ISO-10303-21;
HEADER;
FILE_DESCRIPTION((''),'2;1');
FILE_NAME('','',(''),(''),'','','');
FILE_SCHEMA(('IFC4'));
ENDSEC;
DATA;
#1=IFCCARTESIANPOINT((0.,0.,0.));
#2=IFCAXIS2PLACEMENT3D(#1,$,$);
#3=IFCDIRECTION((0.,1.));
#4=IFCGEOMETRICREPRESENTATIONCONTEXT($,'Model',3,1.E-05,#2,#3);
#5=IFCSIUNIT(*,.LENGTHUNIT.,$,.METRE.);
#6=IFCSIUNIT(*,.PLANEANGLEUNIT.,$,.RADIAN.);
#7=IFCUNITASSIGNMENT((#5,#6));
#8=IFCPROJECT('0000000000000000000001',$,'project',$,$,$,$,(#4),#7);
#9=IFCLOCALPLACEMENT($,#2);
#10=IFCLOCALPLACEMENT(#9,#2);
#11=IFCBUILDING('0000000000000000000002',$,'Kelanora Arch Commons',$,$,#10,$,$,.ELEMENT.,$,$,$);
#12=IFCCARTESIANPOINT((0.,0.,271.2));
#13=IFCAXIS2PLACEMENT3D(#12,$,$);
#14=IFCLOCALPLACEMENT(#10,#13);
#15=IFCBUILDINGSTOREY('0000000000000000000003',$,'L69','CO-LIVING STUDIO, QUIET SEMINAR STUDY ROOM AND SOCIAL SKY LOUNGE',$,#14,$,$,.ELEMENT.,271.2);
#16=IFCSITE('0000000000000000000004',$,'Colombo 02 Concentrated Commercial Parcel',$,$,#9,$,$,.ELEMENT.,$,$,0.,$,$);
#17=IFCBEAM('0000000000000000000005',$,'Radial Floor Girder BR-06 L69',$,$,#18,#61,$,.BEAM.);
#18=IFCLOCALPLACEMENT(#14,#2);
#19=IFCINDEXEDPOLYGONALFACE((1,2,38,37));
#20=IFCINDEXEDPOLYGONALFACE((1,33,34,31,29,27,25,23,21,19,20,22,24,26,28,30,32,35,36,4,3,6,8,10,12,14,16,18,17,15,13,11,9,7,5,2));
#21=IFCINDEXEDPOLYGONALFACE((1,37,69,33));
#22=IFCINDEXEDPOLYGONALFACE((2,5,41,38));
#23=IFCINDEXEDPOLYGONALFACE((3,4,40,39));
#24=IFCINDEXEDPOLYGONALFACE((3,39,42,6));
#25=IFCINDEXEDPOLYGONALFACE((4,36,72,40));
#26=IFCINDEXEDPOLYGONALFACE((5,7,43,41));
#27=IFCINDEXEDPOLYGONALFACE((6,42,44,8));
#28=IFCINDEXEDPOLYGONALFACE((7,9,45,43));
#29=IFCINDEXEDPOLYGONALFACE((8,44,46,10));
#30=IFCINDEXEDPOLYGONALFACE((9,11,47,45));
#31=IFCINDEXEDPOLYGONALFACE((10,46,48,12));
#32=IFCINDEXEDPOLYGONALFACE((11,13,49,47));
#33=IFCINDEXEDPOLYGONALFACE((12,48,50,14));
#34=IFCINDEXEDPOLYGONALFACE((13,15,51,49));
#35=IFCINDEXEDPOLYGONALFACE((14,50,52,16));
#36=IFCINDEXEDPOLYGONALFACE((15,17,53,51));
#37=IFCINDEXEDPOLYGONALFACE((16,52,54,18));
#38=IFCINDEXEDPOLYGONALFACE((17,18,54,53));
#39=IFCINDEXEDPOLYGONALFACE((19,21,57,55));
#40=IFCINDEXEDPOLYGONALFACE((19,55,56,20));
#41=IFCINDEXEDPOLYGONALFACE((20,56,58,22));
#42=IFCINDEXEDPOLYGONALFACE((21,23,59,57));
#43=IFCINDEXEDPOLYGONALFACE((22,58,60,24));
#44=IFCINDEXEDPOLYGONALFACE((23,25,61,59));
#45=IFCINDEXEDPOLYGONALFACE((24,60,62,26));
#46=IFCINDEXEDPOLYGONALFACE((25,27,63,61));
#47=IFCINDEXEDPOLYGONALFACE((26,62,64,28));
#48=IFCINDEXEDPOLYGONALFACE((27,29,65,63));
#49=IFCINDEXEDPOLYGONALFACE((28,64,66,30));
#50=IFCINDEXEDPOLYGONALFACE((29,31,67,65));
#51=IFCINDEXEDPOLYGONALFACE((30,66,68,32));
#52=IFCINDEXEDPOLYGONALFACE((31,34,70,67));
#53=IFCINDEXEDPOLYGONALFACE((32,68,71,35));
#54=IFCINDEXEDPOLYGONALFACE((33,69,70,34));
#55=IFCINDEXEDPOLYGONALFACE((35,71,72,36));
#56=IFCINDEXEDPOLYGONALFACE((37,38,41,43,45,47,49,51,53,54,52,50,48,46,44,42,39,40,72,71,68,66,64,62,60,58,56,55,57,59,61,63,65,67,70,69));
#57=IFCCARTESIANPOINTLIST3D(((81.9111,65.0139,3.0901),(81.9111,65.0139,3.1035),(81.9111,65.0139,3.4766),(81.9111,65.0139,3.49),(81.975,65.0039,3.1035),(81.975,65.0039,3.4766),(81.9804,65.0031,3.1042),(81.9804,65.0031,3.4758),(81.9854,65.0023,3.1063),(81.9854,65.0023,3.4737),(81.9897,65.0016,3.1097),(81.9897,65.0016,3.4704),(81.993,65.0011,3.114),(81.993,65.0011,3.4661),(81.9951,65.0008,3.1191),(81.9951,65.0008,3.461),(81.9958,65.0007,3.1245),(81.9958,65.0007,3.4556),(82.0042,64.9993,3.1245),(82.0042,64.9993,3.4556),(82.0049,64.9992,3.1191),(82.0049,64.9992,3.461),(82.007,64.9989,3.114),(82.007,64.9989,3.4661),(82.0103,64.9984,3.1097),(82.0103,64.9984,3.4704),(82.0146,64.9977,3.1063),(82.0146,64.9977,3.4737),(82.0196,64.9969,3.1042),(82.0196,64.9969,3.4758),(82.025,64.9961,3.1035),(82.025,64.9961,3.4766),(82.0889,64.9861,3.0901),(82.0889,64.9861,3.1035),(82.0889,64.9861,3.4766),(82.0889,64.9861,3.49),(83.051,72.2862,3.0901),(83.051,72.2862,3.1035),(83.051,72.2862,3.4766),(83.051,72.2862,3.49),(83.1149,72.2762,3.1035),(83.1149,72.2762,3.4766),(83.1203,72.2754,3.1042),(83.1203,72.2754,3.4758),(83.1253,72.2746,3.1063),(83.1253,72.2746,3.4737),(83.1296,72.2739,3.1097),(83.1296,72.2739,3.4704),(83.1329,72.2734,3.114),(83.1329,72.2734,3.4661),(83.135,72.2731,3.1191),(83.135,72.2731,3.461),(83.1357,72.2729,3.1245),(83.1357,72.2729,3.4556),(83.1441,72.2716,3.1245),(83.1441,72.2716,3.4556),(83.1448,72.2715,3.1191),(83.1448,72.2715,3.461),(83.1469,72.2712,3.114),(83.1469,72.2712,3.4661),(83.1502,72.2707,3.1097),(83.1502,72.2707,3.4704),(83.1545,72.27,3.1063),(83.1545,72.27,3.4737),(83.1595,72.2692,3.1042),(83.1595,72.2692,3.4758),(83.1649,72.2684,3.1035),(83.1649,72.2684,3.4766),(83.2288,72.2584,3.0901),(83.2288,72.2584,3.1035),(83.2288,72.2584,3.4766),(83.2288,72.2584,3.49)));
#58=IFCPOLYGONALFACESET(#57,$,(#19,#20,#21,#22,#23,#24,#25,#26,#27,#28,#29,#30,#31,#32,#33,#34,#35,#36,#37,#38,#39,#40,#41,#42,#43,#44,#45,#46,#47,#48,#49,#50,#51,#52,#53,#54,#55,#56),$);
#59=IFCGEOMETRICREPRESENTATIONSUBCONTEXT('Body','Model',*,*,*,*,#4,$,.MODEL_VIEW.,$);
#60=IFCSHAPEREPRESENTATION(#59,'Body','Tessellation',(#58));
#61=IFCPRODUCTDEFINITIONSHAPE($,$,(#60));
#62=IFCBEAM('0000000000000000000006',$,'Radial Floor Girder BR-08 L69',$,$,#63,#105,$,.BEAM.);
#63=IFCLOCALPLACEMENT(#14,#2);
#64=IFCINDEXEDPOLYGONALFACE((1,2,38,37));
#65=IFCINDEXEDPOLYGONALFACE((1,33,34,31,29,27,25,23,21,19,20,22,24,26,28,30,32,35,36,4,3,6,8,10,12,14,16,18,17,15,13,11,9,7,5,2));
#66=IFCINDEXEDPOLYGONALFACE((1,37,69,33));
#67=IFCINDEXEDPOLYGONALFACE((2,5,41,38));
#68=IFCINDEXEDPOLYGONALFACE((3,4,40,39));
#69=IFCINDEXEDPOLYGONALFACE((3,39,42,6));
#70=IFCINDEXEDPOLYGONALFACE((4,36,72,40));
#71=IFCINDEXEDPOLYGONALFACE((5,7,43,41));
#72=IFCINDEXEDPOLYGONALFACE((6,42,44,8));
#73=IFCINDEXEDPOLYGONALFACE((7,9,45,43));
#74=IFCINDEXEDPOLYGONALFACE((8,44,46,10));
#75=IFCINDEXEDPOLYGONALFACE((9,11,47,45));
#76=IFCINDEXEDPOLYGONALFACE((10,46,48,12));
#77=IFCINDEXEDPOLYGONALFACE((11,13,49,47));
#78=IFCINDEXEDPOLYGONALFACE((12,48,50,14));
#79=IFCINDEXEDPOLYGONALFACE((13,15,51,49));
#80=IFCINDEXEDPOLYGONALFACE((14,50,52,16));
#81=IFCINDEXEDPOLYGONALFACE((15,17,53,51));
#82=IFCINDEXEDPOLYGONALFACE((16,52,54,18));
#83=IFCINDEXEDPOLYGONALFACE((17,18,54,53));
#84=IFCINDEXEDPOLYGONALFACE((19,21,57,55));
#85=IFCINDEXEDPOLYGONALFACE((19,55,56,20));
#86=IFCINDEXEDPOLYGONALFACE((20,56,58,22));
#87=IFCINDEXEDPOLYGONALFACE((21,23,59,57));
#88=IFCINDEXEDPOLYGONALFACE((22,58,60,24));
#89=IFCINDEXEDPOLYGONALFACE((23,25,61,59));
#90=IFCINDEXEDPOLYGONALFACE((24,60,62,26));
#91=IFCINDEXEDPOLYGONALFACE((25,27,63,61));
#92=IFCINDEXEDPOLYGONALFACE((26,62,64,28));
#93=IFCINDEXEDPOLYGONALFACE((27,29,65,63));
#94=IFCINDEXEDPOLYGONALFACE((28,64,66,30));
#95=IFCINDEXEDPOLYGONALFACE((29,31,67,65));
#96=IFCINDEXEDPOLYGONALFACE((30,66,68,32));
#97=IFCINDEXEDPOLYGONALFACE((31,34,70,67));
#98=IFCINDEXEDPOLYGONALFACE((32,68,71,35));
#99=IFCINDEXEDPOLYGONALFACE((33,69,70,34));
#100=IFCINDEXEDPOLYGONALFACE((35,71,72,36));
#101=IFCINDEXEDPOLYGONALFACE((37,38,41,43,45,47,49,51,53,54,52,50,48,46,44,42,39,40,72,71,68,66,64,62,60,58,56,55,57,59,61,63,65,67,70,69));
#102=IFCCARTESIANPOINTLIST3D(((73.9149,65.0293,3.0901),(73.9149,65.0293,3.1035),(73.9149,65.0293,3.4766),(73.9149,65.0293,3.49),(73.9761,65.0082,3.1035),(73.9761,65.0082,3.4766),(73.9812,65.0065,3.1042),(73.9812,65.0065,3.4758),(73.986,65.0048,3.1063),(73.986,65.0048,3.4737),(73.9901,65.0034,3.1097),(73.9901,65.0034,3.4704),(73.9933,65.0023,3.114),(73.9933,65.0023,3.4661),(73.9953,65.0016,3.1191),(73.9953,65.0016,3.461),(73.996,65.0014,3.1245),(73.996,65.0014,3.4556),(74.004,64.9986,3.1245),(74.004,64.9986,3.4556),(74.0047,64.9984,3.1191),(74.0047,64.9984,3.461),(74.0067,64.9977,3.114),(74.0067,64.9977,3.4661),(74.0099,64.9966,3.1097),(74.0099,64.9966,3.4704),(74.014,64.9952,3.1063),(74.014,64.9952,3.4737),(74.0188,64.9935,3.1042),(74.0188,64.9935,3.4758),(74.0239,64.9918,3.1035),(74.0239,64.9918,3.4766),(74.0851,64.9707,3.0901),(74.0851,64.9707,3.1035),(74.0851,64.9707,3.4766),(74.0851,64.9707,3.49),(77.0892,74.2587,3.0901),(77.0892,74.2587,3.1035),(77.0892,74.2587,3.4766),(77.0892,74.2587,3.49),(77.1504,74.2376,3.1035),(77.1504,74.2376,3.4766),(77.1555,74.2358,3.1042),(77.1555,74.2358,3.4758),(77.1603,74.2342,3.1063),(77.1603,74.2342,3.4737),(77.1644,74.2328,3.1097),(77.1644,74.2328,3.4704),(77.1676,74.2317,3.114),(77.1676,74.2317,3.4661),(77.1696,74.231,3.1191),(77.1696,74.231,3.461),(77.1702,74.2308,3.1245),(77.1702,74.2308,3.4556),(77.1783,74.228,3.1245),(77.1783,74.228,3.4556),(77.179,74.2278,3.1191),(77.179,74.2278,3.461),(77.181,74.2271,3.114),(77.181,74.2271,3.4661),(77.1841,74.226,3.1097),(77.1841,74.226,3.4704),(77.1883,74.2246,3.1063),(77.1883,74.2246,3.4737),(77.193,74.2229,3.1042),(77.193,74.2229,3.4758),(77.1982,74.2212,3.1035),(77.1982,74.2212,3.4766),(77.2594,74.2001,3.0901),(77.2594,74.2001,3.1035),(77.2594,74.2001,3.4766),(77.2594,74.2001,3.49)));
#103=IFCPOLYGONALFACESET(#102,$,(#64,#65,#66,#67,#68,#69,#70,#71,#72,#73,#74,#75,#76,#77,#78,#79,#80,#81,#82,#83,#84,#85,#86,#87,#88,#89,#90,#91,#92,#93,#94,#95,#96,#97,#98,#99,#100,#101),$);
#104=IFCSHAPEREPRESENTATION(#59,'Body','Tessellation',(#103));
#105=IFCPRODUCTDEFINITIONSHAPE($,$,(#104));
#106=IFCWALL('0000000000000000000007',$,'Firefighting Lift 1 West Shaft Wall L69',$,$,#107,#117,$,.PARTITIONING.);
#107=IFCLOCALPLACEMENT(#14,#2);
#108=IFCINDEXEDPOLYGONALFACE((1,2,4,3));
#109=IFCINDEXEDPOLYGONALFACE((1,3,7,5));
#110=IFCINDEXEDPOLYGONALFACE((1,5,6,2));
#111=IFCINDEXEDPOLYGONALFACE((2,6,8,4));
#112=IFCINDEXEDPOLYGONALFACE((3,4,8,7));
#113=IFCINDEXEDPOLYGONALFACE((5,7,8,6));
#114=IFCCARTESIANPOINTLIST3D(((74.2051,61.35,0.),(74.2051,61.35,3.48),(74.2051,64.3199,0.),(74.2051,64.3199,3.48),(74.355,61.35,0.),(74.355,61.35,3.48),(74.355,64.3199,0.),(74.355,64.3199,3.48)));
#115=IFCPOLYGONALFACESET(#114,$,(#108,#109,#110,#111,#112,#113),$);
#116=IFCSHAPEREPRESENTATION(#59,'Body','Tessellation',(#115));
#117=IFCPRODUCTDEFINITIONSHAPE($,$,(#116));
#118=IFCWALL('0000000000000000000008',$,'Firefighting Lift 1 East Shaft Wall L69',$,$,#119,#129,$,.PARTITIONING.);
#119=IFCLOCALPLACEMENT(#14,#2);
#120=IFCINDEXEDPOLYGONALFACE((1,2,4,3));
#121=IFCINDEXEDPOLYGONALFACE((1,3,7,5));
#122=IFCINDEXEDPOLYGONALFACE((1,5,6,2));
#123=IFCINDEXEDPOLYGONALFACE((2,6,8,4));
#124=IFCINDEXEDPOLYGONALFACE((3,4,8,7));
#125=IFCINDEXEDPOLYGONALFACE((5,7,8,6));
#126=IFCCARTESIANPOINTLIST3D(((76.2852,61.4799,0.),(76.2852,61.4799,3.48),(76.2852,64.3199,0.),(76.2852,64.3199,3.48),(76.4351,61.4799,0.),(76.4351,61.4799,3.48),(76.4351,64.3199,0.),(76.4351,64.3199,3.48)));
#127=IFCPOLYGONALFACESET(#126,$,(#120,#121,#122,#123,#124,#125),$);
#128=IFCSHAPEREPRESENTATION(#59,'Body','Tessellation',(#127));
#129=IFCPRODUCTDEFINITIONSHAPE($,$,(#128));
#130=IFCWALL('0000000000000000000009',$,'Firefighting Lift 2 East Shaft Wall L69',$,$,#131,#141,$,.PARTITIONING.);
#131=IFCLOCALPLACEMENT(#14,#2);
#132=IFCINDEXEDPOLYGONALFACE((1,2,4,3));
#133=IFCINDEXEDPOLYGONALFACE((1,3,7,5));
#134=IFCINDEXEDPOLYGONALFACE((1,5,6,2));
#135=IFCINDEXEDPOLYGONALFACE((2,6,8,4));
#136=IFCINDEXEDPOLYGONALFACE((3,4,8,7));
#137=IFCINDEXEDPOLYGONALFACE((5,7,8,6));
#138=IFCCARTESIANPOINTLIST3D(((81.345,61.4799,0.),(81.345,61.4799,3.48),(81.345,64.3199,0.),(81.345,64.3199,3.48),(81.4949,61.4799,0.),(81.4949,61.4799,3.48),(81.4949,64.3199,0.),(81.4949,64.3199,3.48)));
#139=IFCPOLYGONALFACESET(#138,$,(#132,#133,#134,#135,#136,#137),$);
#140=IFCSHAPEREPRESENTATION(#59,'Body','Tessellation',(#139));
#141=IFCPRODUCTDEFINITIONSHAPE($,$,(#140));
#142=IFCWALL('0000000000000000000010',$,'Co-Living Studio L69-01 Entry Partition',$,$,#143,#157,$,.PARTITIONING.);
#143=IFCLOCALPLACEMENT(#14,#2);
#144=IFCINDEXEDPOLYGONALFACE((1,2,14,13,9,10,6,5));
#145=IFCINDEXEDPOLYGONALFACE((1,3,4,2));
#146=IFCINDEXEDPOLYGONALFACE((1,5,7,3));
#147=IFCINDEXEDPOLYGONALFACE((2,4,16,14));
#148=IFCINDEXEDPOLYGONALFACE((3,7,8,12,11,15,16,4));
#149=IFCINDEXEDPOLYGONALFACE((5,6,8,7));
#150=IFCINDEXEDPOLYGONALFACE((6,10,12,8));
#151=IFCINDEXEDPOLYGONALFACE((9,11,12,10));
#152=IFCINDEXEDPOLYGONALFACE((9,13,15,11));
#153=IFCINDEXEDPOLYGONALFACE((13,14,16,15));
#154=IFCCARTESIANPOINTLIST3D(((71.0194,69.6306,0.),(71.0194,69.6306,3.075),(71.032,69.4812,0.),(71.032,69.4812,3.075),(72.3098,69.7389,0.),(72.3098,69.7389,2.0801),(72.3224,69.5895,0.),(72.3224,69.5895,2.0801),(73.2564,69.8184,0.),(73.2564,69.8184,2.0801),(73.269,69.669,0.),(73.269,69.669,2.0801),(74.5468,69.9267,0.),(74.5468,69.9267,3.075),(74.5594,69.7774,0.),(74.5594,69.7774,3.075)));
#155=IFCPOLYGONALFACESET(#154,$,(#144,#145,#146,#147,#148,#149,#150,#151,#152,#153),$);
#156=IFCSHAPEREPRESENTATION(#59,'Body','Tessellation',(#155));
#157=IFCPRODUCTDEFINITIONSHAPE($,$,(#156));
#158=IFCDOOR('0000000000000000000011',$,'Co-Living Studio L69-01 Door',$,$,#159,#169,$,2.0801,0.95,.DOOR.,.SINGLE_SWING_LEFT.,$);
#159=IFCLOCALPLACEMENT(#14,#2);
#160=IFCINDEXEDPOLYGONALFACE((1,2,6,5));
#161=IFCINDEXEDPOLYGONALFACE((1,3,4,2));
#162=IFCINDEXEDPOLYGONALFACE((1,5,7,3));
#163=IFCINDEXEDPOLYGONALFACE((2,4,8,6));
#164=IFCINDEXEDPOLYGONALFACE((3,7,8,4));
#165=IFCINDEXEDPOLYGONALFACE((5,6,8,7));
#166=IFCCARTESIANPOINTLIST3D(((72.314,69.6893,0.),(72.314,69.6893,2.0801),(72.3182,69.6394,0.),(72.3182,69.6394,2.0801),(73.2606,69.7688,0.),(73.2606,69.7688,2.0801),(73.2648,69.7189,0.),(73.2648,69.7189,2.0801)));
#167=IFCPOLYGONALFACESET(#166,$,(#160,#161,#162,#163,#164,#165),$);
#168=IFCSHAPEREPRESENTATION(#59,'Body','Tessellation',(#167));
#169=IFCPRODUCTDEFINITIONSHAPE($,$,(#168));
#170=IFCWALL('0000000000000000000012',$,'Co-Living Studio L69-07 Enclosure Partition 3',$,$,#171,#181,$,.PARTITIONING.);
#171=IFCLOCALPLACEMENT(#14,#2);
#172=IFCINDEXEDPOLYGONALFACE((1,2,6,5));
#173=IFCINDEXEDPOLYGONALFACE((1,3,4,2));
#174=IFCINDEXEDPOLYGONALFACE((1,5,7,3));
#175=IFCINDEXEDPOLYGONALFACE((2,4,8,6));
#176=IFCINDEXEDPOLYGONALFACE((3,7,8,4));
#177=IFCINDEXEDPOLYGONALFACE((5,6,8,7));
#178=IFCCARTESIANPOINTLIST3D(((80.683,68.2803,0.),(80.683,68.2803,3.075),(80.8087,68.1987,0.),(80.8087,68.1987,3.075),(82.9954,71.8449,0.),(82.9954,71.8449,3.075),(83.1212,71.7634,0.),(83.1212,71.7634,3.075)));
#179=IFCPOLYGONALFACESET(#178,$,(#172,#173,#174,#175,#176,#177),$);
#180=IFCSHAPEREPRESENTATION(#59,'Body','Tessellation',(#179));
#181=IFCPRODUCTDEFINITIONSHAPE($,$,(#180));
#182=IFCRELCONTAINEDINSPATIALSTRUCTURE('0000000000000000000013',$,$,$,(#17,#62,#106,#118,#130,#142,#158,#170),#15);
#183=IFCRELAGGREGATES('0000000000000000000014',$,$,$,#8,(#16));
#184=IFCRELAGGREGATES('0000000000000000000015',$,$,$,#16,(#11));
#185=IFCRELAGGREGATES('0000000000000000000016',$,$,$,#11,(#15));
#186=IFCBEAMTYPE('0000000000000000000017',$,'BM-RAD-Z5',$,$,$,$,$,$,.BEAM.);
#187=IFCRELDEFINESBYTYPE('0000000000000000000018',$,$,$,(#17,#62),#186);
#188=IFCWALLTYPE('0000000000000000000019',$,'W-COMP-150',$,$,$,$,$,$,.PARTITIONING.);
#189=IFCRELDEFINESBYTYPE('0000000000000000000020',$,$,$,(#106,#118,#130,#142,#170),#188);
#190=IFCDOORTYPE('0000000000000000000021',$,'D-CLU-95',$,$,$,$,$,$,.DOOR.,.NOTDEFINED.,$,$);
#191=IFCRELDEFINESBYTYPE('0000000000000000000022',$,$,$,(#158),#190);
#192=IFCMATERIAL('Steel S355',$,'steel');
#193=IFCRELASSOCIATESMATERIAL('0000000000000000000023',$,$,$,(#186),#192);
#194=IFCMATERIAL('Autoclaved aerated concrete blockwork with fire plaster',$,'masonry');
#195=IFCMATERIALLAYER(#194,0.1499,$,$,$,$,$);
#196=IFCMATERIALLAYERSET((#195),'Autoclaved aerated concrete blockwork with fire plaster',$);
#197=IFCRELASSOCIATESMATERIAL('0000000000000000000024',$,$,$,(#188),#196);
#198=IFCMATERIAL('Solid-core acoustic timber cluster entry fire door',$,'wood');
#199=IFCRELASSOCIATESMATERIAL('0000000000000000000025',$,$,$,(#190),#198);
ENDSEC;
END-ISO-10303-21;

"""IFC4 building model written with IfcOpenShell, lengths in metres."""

from ifc_helpers import new_model, si_unit, direction, frame, frame_2d, origin, origin_2d, place, context, subcontext, project, spatial, rectangle, i_section, extrude, material, layer, layer_set, material_profile, profile_set, type_object, element, fill, save


model = new_model("IFC4")

# Units and contexts
model_context = context("Model", 3, precision=1e-05, world=origin(), true_north=direction((0.0, 1.0)))
body_context = subcontext(model_context, "Body", "Model", "MODEL_VIEW")
ifc_project = project(units=[si_unit("LENGTHUNIT", "METRE"), si_unit("PLANEANGLEUNIT", "RADIAN")], contexts=[model_context])

# Site, building, storey
site_placement = place(None, origin())
site = spatial("IfcSite", under=ifc_project, at=site_placement, Name="Colombo 02 Concentrated Commercial Parcel", CompositionType="ELEMENT", RefElevation=0.0)
building_placement = place(site_placement, origin())
building = spatial("IfcBuilding", under=site, at=building_placement, Name="Kelanora Arch Commons", CompositionType="ELEMENT")
storey_placement = place(building_placement, frame((0.0, 0.0, 271.2)))
storey = spatial("IfcBuildingStorey", under=building, at=storey_placement, Name="L69", Description="CO-LIVING STUDIO, QUIET SEMINAR STUDY ROOM AND SOCIAL SKY LOUNGE", CompositionType="ELEMENT", Elevation=271.2)

# Beams
ifc_material_1 = material(Name="Steel S355", Category="steel")
ifc_material_profile_1 = material_profile(ifc_material_1, i_section(OverallWidth=0.1799, OverallDepth=0.3999, WebThickness=0.0085, FlangeThickness=0.0134, FilletRadius=0.021, at=origin_2d()), Name="IPE400")
ifc_profile_set_1 = profile_set([ifc_material_profile_1], Name="Steel S355")
beam_type_1 = type_object("IfcBeamType", Name="BM-RAD-Z5", PredefinedType="BEAM", material=ifc_profile_set_1)
beam_1_placement = place(storey_placement, frame((82.0, 65.0, 3.29), z_axis=(0.154855, 0.987937, 0.0), x_axis=(-0.987937, 0.154855, 0.0)))
element("IfcBeam", 1, at=beam_1_placement, inside=storey, type_object=beam_type_1, Name="Radial Floor Girder BR-06 L69", PredefinedType="BEAM", context=body_context, shape_type="SweptSolid", body=[
    extrude(i_section(OverallWidth=0.1799, OverallDepth=0.3999, WebThickness=0.0085, FlangeThickness=0.0134, FilletRadius=0.021, at=origin_2d()), origin(), (0.0, 0.0, 1.0), 7.3611),
])
beam_2_placement = place(storey_placement, frame((74.0, 65.0, 3.29), z_axis=(0.325234, 0.945634, 0.0), x_axis=(-0.945634, 0.325234, 0.0)))
element("IfcBeam", 2, at=beam_2_placement, inside=storey, type_object=beam_type_1, Name="Radial Floor Girder BR-08 L69", PredefinedType="BEAM", context=body_context, shape_type="SweptSolid", body=[
    extrude(i_section(OverallWidth=0.1799, OverallDepth=0.3999, WebThickness=0.0085, FlangeThickness=0.0134, FilletRadius=0.021, at=origin_2d()), origin(), (0.0, 0.0, 1.0), 9.76),
])

# Walls
ifc_material_2 = material(Name="Autoclaved aerated concrete blockwork with fire plaster", Category="masonry")
ifc_layer_1 = layer(ifc_material_2, 0.1499)
ifc_layer_set_1 = layer_set([ifc_layer_1], Name="Autoclaved aerated concrete blockwork with fire plaster")
wall_type_1 = type_object("IfcWallType", Name="W-COMP-150", PredefinedType="PARTITIONING", material=ifc_layer_set_1)
wall_1_placement = place(storey_placement, frame((74.28, 61.3501, 0.0), z_axis=(0.0, 0.0, 1.0), x_axis=(0.0, 1.0, 0.0)))
element("IfcWall", 3, at=wall_1_placement, inside=storey, type_object=wall_type_1, Name="Firefighting Lift 1 West Shaft Wall L69", PredefinedType="PARTITIONING", context=body_context, shape_type="SweptSolid", body=[
    extrude(rectangle(XDim=2.97, YDim=0.1499, at=frame_2d((1.4849, 0.0))), origin(), (0.0, 0.0, 1.0), 3.48),
])
for number, where, z_axis, x_axis, name in (
    (4, (76.3601, 61.48, 0.0), (0.0, 0.0, 1.0), (0.0, 1.0, 0.0), "Firefighting Lift 1 East Shaft Wall L69"),
    (5, (81.4199, 61.48, 0.0), (0.0, 0.0, 1.0), (0.0, 1.0, 0.0), "Firefighting Lift 2 East Shaft Wall L69"),
):
    element("IfcWall", number, at=place(storey_placement, frame(where, z_axis=z_axis, x_axis=x_axis)), inside=storey, type_object=wall_type_1, Name=name, PredefinedType="PARTITIONING", context=body_context, shape_type="SweptSolid", body=[
        extrude(rectangle(XDim=2.8401, YDim=0.1499, at=frame_2d((1.4199, 0.0))), origin(), (0.0, 0.0, 1.0), 3.48),
    ])

# Wall, opening, door
wall_2_placement = place(storey_placement, frame((74.5532, 69.8521, 0.0), z_axis=(0.0, 0.0, 1.0), x_axis=(-0.996494, -0.083662, 0.0)))
wall_2 = element("IfcWall", 6, at=wall_2_placement, inside=storey, type_object=wall_type_1, Name="Co-Living Studio L69-01 Entry Partition", PredefinedType="PARTITIONING", context=body_context, shape_type="SweptSolid", body=[
    extrude(rectangle(XDim=3.5398, YDim=0.1499, at=frame_2d((1.77, 0.0))), origin(), (0.0, 0.0, 1.0), 3.075),
])
opening_1_placement = place(wall_2_placement, frame((1.2949, 0.0, 0.0)))
opening_1 = element("IfcOpeningElement", 7, at=opening_1_placement, cuts=wall_2, PredefinedType="OPENING", context=body_context, shape_type="SweptSolid", body=[
    extrude(rectangle(XDim=0.95, YDim=2.0801, at=frame_2d((0.4751, 1.04))), frame((0.0, 0.085, 0.0), z_axis=(0.0, -1.0, 0.0), x_axis=(1.0, 0.0, 0.0)), (0.0, 0.0, 1.0), 0.1699),
])
ifc_material_3 = material(Name="Solid-core acoustic timber cluster entry fire door", Category="wood")
door_type_1 = type_object("IfcDoorType", Name="D-CLU-95", OperationType="NOTDEFINED", PredefinedType="DOOR", material=ifc_material_3)
door_1_placement = place(opening_1_placement, origin())
door_1 = element("IfcDoor", 8, at=door_1_placement, inside=storey, type_object=door_type_1, Name="Co-Living Studio L69-01 Door", OperationType="SINGLE_SWING_LEFT", OverallHeight=2.0801, OverallWidth=0.95, PredefinedType="DOOR", context=body_context, shape_type="SweptSolid", body=[
    extrude(rectangle(XDim=0.95, YDim=2.0801, at=frame_2d((0.4751, 1.04))), frame((0.0, 0.0249, 0.0), z_axis=(0.0, -1.0, 0.0), x_axis=(1.0, 0.0, 0.0)), (0.0, 0.0, 1.0), 0.05),
])
fill(opening_1, door_1)

# Wall
wall_3_placement = place(storey_placement, frame((80.7458, 68.2395, 0.0), z_axis=(0.0, 0.0, 1.0), x_axis=(0.544235, 0.838933, 0.0)))
element("IfcWall", 9, at=wall_3_placement, inside=storey, type_object=wall_type_1, Name="Co-Living Studio L69-07 Enclosure Partition 3", PredefinedType="PARTITIONING", context=body_context, shape_type="SweptSolid", body=[
    extrude(rectangle(XDim=4.249, YDim=0.1499, at=frame_2d((2.1245, 0.0))), origin(), (0.0, 0.0, 1.0), 3.075),
])

save(model, "model.ifc")
